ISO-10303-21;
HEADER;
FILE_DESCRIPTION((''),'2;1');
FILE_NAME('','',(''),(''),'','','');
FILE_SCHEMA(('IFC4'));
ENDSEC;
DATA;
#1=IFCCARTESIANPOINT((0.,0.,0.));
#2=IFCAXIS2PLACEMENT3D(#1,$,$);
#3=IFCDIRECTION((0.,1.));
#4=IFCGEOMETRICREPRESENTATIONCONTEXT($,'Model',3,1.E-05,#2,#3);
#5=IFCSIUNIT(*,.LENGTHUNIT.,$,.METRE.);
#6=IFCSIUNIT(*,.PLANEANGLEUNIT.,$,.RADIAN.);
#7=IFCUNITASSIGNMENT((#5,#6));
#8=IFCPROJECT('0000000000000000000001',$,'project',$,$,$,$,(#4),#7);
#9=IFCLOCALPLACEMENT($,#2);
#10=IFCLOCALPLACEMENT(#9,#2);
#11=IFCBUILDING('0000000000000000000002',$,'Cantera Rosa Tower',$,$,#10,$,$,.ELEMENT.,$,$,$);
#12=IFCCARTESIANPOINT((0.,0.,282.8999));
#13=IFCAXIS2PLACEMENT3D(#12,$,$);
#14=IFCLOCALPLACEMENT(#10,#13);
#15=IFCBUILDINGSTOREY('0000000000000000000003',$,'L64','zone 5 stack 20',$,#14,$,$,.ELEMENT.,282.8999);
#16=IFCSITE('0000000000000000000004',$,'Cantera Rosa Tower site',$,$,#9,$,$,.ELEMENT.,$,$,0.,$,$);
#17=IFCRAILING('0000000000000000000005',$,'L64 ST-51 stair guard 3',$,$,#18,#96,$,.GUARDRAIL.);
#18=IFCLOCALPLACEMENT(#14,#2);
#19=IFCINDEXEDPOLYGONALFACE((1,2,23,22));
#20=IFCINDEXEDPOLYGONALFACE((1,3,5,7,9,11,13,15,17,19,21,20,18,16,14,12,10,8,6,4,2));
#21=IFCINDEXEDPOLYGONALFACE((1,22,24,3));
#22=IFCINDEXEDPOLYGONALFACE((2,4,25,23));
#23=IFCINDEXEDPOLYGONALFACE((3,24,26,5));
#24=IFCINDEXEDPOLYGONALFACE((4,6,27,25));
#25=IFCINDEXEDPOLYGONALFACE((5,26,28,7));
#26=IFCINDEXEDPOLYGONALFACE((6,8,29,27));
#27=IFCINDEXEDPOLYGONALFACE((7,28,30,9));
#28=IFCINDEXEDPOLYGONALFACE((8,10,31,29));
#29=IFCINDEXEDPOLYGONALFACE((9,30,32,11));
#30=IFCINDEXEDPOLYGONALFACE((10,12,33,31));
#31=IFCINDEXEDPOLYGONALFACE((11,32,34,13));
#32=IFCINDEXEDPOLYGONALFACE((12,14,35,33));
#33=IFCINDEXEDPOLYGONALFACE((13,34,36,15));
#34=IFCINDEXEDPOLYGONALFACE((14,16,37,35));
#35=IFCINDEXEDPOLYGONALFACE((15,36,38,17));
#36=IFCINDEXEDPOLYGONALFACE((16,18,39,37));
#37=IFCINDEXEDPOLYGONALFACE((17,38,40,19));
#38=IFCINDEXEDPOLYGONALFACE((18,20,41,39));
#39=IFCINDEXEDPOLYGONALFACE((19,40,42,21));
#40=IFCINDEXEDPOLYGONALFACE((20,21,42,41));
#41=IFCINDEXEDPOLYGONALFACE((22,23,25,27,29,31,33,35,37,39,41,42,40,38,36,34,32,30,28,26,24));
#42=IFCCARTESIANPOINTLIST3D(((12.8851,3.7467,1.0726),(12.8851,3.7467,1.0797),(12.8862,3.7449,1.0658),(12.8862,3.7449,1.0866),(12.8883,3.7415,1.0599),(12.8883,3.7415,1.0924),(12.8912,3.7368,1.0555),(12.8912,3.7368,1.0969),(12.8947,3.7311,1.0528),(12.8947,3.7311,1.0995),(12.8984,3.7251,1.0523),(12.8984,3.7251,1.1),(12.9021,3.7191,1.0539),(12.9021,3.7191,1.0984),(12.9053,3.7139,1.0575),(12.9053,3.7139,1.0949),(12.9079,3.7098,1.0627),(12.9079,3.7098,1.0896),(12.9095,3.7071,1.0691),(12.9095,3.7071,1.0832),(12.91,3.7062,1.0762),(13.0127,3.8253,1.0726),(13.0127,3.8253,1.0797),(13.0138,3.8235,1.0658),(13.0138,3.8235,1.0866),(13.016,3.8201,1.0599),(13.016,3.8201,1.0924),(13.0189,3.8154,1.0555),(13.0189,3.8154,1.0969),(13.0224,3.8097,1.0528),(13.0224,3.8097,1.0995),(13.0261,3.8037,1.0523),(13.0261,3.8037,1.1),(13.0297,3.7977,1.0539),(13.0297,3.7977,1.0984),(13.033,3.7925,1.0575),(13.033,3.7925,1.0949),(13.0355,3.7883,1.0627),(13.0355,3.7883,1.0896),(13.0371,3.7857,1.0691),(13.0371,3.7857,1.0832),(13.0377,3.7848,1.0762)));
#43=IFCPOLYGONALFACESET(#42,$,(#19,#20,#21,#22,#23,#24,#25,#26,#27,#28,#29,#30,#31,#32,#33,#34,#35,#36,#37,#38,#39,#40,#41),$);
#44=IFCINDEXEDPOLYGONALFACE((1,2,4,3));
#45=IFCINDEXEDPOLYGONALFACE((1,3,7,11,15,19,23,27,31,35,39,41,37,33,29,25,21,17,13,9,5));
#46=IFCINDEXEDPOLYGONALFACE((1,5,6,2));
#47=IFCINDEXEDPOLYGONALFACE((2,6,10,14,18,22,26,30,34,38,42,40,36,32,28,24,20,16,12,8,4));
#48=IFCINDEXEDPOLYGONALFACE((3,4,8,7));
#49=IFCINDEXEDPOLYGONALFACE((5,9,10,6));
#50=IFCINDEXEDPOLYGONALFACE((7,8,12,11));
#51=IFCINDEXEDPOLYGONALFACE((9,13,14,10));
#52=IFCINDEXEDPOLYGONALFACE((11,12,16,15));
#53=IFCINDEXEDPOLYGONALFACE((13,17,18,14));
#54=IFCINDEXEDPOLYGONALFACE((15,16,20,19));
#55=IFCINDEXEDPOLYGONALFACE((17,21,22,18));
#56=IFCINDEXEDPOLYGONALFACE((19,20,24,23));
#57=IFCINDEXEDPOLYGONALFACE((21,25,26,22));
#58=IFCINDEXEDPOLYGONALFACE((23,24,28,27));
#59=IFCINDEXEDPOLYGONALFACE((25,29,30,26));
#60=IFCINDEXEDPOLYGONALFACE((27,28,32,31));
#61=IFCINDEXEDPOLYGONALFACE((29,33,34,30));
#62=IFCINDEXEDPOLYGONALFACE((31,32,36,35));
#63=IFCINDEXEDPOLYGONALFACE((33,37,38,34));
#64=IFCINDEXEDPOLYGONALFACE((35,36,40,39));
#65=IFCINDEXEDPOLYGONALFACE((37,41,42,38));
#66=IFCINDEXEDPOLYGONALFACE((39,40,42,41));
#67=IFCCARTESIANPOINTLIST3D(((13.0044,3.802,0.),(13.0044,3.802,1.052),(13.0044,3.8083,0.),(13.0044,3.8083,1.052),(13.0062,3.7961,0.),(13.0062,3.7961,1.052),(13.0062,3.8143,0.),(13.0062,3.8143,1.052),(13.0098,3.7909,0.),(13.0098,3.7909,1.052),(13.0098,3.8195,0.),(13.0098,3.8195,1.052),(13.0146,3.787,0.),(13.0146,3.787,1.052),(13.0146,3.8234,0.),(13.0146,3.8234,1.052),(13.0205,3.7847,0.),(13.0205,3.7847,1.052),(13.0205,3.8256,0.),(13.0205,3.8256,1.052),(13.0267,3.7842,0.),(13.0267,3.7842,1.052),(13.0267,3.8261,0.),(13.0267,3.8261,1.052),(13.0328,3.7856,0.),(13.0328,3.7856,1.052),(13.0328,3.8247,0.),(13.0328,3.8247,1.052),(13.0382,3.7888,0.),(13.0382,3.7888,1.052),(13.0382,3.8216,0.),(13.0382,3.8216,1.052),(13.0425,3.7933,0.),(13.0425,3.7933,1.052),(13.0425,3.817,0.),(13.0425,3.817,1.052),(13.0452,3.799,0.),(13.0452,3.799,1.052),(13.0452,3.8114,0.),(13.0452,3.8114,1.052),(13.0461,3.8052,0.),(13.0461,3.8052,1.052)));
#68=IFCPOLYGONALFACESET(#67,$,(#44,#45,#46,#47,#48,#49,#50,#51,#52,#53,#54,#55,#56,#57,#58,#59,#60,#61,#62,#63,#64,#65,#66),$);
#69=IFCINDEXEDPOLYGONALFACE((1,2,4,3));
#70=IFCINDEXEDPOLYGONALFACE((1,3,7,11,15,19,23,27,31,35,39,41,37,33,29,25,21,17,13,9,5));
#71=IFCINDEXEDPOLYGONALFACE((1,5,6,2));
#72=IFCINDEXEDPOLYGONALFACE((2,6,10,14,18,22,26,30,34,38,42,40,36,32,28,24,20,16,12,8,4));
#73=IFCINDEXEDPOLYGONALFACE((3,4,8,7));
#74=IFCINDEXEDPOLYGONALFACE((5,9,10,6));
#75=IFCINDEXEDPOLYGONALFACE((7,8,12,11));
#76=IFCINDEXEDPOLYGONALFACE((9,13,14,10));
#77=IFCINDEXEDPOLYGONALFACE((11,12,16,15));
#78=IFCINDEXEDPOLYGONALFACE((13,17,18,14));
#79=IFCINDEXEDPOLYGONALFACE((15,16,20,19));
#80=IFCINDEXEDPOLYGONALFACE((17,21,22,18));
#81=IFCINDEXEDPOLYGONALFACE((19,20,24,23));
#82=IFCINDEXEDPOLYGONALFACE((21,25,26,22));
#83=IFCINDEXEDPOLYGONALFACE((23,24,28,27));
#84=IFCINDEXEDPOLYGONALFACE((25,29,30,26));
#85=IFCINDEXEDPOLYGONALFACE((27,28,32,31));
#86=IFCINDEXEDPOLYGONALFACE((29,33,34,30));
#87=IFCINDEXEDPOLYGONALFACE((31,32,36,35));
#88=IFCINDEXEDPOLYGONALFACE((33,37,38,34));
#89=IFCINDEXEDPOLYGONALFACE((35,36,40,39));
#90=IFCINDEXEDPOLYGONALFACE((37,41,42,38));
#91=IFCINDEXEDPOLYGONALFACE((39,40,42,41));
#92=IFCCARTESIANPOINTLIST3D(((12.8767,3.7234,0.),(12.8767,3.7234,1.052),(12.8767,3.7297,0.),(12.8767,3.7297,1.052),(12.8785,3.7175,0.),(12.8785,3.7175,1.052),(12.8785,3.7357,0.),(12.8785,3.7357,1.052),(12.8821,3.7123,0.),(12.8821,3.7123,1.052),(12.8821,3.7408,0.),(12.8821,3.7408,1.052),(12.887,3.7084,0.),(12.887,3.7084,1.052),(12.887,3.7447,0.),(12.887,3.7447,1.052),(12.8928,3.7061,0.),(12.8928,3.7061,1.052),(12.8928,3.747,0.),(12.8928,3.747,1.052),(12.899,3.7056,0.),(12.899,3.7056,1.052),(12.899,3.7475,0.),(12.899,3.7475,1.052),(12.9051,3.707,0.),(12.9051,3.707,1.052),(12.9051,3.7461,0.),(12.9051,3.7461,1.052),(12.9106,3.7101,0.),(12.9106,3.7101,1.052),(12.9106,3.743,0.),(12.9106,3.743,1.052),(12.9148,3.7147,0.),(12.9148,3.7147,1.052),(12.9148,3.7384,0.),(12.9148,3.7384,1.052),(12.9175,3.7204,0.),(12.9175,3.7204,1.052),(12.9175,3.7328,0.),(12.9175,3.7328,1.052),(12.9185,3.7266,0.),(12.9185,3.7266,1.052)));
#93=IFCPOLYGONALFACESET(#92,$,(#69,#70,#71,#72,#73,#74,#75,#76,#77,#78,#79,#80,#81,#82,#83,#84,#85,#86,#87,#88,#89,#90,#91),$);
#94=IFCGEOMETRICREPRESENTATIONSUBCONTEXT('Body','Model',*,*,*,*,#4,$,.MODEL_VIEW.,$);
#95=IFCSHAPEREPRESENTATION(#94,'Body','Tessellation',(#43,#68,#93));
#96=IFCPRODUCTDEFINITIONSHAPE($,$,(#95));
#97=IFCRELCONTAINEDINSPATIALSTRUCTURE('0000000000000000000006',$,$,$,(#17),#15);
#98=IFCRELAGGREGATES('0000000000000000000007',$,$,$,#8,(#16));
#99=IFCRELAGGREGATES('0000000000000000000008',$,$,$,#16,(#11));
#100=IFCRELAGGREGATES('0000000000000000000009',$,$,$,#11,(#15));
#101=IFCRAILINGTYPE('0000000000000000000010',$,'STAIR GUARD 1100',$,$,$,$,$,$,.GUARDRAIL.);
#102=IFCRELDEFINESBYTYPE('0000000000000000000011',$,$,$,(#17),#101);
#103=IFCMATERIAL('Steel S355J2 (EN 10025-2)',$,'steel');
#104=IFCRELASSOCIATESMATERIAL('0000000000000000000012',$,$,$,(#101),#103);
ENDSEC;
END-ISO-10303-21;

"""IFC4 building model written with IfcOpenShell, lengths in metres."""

from ifc_helpers import new_model, si_unit, direction, frame, origin, origin_2d, place, context, subcontext, project, spatial, circle, extrude, material, type_object, element, save


model = new_model("IFC4")

# Units and contexts
model_context = context("Model", 3, precision=1e-05, world=origin(), true_north=direction((0.0, 1.0)))
body_context = subcontext(model_context, "Body", "Model", "MODEL_VIEW")
ifc_project = project(units=[si_unit("LENGTHUNIT", "METRE"), si_unit("PLANEANGLEUNIT", "RADIAN")], contexts=[model_context])

# Site, building, storey
site_placement = place(None, origin())
site = spatial("IfcSite", under=ifc_project, at=site_placement, Name="Cantera Rosa Tower site", CompositionType="ELEMENT", RefElevation=0.0)
building_placement = place(site_placement, origin())
building = spatial("IfcBuilding", under=site, at=building_placement, Name="Cantera Rosa Tower", CompositionType="ELEMENT")
storey_placement = place(building_placement, frame((0.0, 0.0, 282.8999)))
storey = spatial("IfcBuildingStorey", under=building, at=storey_placement, Name="L64", Description="zone 5 stack 20", CompositionType="ELEMENT", Elevation=282.8999)

# Railing
ifc_material_1 = material(Name="Steel S355J2 (EN 10025-2)", Category="steel")
railing_type_1 = type_object("IfcRailingType", Name="STAIR GUARD 1100", PredefinedType="GUARDRAIL", material=ifc_material_1)
railing_1_placement = place(storey_placement, frame((13.0251, 3.8052, 0.0)))
element("IfcRailing", 1, at=railing_1_placement, inside=storey, type_object=railing_type_1, Name="L64 ST-51 stair guard 3", PredefinedType="GUARDRAIL", context=body_context, shape_type="SweptSolid", body=[
    extrude(circle(Radius=0.0239, at=origin_2d()), frame((0.0, 0.0, 1.0762), z_axis=(-0.851546, -0.524279, 0.0), x_axis=(0.524279, -0.851546, 0.0)), (0.0, 0.0, 1.0), 0.1499),
    extrude(circle(Radius=0.021, at=origin_2d()), origin(), (0.0, 0.0, 1.0), 1.052),
    extrude(circle(Radius=0.021, at=origin_2d()), frame((-0.1277, -0.0786, 0.0)), (0.0, 0.0, 1.0), 1.052),
])

save(model, "model.ifc")
